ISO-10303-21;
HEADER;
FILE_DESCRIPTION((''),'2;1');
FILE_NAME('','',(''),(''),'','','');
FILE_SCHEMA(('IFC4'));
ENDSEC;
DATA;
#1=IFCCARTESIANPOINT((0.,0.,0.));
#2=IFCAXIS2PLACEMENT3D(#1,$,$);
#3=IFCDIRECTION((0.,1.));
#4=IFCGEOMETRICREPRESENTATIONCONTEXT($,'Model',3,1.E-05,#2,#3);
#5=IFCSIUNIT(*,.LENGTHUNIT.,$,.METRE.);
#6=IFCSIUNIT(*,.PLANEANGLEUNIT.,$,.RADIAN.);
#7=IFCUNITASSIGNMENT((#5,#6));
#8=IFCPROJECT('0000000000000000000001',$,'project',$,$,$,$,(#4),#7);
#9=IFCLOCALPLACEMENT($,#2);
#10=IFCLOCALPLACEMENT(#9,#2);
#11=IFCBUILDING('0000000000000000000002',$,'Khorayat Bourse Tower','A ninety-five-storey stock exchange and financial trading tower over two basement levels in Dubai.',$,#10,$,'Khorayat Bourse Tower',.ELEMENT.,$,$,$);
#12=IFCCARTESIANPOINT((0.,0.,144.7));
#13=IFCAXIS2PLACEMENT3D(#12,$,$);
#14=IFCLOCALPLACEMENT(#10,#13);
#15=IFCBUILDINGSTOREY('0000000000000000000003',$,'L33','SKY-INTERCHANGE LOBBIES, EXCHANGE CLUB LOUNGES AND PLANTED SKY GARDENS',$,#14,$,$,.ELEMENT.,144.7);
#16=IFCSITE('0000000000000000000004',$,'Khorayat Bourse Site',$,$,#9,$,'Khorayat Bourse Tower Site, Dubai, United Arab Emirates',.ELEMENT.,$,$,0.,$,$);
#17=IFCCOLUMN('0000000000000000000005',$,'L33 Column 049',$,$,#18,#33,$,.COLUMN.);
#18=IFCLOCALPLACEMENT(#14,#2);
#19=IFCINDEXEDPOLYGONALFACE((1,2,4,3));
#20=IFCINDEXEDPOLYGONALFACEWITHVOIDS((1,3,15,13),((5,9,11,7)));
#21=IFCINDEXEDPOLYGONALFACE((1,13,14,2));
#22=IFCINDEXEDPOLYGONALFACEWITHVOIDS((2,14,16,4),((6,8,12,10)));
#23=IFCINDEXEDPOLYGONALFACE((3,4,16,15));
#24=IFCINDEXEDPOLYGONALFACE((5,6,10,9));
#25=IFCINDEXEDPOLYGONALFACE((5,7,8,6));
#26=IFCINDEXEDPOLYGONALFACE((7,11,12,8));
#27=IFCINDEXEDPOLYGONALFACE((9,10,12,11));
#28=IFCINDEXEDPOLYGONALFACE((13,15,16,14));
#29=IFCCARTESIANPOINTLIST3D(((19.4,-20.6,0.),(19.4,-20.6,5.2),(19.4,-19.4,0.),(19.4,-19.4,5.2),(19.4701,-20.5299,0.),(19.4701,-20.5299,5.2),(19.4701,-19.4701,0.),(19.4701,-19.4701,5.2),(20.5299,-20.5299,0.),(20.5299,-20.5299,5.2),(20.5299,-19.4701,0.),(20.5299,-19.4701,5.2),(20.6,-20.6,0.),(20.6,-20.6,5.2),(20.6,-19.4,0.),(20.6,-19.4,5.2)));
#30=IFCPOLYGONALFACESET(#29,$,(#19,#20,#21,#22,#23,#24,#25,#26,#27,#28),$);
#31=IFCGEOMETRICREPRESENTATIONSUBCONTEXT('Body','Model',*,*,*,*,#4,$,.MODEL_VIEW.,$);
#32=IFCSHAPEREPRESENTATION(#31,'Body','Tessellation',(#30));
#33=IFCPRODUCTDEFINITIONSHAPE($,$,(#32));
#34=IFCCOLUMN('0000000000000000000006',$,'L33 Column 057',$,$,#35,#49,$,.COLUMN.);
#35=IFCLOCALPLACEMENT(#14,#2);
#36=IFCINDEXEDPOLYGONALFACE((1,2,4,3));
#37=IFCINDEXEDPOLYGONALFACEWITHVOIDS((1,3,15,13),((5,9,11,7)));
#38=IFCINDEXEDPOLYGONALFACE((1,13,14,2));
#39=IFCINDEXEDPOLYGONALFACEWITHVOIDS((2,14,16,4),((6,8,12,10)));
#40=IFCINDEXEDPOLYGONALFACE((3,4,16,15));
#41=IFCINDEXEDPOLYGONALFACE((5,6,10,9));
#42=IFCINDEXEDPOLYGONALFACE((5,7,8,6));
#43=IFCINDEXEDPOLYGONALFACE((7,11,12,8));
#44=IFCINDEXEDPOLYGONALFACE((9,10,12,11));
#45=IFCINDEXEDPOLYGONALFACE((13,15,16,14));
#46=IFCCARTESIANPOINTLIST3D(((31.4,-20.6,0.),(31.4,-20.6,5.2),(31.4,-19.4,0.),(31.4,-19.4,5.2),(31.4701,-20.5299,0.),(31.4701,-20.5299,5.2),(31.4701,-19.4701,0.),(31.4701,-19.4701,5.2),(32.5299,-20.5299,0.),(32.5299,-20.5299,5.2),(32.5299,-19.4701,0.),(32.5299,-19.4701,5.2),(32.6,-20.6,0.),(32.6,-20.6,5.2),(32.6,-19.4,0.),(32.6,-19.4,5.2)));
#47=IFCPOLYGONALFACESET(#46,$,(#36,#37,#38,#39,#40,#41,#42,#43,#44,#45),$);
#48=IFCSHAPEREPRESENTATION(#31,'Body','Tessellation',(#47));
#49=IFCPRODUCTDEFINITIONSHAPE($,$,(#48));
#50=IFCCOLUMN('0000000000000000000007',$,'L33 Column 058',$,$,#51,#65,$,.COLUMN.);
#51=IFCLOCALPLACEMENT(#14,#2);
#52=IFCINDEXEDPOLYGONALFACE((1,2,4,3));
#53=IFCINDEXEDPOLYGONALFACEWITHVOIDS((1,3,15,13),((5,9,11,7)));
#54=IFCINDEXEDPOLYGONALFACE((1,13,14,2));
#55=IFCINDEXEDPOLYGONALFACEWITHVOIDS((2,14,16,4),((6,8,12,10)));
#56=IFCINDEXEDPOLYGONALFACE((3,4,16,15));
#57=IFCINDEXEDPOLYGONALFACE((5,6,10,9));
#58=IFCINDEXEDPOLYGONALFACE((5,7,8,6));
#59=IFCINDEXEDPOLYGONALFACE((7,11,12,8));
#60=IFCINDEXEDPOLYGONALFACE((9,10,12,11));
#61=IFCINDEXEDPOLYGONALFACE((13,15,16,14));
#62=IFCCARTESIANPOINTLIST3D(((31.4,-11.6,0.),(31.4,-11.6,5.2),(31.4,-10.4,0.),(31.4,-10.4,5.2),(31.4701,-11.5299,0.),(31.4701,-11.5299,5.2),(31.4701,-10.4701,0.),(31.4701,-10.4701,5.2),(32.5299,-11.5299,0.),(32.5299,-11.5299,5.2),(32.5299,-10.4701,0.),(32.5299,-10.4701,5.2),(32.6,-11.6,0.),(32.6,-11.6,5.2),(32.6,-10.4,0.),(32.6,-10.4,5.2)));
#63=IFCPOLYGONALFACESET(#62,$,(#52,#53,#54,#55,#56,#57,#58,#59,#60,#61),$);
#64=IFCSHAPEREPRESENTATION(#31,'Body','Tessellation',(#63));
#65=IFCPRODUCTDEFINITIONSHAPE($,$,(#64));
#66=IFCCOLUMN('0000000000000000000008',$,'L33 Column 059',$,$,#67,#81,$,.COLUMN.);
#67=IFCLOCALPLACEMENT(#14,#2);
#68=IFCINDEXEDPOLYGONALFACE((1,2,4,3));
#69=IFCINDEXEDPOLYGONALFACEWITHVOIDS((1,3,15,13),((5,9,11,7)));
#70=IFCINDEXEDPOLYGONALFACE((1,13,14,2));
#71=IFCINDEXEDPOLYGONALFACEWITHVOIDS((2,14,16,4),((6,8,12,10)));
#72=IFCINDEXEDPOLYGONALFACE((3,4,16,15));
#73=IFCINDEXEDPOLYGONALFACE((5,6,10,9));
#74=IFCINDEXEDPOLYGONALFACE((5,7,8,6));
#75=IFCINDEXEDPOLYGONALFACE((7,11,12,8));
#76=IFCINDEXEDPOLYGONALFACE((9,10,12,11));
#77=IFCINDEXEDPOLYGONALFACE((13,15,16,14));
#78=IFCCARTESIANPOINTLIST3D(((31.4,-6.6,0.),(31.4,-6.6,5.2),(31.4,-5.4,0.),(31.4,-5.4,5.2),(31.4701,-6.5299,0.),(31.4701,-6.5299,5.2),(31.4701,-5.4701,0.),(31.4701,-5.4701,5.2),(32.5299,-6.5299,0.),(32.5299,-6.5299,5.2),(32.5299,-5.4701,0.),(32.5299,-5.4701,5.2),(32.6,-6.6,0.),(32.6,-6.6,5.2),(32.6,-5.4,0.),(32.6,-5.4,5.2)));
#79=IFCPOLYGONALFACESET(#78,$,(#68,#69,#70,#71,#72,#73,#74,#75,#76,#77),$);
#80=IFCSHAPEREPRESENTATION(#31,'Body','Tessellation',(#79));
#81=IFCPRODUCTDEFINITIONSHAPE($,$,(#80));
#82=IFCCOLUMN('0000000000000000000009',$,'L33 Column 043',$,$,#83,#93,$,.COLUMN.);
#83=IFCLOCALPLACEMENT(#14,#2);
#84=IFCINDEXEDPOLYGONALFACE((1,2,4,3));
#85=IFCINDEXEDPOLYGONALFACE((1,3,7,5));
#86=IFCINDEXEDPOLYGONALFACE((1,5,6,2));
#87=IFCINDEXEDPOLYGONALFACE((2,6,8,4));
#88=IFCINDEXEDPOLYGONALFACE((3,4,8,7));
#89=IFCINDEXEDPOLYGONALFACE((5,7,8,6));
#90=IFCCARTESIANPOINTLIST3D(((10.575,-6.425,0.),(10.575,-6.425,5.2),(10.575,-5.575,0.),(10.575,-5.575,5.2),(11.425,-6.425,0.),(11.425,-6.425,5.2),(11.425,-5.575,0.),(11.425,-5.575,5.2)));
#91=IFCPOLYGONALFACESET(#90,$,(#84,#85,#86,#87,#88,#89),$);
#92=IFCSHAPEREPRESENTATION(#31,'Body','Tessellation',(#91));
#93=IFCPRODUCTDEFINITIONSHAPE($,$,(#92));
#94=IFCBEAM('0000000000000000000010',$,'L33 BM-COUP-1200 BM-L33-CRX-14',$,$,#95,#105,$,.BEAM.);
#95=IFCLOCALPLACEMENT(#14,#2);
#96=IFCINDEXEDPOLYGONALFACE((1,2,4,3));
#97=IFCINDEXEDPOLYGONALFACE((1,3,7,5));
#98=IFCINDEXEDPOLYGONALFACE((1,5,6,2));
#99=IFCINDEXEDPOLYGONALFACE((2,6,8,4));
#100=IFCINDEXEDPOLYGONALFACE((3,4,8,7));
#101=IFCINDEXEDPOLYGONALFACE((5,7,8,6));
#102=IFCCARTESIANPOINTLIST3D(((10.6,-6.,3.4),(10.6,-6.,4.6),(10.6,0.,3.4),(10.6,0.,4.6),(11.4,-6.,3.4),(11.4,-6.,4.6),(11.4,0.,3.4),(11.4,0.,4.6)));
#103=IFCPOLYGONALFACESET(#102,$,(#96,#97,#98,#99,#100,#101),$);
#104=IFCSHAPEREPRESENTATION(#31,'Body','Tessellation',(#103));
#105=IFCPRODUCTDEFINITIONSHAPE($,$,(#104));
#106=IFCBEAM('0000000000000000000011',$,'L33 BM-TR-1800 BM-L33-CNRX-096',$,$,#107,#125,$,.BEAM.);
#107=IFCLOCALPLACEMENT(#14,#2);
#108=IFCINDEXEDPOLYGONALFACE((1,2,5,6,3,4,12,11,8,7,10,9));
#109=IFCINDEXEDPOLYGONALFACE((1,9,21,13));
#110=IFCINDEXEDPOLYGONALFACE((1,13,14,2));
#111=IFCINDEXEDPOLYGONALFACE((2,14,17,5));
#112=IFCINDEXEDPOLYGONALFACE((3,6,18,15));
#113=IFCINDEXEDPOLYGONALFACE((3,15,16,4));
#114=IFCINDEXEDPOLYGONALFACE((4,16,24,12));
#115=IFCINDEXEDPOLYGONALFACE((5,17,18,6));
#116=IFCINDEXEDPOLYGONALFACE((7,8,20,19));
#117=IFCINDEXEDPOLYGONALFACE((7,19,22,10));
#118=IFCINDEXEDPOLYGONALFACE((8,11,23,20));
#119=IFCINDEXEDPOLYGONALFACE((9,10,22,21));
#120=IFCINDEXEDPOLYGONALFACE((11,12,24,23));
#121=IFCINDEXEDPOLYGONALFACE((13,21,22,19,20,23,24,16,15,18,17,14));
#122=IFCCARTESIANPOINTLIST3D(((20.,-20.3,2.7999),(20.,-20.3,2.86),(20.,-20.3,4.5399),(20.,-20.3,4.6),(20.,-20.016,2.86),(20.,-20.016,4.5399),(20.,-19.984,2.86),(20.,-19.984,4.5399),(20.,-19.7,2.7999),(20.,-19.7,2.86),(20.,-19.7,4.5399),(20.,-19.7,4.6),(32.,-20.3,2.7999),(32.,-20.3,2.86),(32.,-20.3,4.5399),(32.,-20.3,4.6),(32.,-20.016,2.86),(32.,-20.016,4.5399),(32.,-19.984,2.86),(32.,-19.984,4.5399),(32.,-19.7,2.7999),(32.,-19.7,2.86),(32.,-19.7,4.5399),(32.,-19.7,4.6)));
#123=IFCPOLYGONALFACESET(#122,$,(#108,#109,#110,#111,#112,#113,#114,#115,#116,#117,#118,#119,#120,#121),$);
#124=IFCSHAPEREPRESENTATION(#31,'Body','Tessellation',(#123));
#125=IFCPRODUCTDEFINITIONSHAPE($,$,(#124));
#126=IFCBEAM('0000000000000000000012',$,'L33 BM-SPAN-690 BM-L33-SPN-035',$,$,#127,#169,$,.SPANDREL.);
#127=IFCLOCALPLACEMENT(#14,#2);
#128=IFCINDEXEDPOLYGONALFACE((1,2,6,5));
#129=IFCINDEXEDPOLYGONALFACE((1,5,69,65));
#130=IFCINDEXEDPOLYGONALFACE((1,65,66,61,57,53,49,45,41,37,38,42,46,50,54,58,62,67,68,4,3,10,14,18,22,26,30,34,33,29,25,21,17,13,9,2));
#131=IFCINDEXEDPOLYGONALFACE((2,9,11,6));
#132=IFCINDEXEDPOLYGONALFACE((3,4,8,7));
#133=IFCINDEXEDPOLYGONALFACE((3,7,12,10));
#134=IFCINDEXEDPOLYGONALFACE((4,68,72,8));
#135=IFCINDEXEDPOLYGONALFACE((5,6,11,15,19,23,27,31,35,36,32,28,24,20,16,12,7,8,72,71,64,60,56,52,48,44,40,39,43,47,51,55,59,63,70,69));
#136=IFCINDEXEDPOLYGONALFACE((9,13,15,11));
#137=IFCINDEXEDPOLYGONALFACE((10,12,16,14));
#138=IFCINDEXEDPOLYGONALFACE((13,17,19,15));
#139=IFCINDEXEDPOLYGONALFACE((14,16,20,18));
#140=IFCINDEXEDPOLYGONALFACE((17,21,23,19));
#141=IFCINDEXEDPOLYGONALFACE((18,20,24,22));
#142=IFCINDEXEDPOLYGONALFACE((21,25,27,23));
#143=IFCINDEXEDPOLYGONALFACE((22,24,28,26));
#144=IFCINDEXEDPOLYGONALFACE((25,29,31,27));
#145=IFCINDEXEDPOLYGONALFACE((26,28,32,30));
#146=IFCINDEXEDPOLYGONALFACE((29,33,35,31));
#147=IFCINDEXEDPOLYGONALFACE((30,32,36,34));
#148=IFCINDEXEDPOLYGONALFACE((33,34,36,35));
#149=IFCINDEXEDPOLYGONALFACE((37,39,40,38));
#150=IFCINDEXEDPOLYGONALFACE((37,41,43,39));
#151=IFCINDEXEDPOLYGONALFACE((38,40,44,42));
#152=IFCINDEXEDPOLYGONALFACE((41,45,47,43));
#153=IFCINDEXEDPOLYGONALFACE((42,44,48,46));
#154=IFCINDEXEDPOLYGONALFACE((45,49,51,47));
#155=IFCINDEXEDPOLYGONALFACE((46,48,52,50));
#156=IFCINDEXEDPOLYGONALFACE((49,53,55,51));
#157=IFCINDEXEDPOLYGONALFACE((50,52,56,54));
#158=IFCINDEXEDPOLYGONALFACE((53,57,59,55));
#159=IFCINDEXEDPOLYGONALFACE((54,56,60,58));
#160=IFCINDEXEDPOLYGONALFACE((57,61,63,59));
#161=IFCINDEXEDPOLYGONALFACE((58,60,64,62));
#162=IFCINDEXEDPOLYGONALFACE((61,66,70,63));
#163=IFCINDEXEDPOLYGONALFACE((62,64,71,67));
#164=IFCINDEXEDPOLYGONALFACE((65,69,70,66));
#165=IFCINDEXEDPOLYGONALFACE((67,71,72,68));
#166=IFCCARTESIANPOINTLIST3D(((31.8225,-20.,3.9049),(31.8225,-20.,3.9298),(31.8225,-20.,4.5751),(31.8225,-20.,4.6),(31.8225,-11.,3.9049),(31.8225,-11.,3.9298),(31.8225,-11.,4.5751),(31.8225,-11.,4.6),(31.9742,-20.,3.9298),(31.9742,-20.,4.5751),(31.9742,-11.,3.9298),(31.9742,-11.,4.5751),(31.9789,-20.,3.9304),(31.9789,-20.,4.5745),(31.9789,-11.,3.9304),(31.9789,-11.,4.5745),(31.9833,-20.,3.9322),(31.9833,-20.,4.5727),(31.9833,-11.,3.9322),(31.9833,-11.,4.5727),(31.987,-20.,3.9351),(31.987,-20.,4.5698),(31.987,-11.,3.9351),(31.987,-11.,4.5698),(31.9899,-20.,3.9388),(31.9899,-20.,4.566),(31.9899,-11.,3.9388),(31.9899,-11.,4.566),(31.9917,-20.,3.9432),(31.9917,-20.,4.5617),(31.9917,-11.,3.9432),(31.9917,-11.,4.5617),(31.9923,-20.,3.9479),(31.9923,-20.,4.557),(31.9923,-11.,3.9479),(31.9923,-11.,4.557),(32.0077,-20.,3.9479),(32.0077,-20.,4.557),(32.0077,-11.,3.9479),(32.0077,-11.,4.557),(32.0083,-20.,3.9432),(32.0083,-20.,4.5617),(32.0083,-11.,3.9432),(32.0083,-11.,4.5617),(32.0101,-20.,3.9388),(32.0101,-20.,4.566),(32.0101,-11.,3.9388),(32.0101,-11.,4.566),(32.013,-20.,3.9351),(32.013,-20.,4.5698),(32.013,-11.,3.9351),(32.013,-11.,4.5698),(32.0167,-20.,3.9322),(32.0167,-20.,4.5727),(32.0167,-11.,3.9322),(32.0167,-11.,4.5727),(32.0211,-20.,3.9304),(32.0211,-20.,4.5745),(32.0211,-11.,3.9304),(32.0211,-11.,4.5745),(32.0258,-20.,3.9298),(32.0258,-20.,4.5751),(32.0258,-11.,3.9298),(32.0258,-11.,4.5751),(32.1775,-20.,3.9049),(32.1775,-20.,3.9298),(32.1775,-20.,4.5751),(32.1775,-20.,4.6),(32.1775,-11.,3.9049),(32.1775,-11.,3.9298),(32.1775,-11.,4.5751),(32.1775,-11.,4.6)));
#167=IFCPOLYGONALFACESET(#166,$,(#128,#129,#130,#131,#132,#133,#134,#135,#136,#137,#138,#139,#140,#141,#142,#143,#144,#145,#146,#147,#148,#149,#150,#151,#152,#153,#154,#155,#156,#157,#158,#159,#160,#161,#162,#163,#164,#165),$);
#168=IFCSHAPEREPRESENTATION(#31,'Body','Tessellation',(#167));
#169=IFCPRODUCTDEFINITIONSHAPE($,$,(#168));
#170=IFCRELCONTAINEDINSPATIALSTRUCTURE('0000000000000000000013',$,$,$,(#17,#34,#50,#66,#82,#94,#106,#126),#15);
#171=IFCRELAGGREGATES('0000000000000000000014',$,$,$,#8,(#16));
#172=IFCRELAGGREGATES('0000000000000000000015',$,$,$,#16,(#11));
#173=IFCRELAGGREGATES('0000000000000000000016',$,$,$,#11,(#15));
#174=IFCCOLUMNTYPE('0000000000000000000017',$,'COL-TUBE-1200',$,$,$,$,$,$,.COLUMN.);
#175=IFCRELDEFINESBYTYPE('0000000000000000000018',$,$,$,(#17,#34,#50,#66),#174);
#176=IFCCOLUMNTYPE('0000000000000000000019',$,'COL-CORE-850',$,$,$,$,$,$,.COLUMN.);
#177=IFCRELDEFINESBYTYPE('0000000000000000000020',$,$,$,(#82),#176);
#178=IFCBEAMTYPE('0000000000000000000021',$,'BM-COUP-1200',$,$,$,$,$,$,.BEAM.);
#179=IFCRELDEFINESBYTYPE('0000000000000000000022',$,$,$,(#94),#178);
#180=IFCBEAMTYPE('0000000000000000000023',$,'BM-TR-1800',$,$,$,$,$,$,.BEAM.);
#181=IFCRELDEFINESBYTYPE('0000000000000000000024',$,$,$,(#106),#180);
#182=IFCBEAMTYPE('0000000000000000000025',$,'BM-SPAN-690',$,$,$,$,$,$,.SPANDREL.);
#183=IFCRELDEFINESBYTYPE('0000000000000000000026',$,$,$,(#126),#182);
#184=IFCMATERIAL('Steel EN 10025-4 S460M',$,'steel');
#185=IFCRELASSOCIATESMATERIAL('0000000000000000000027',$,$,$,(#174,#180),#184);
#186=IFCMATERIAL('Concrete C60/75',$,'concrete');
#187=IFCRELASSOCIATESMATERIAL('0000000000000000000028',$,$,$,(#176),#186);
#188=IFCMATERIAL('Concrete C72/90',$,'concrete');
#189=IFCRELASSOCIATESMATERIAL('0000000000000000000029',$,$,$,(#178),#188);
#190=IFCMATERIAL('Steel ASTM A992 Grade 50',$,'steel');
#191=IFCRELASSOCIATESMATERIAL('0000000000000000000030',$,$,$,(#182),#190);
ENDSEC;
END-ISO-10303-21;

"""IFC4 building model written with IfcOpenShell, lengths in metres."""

from ifc_helpers import new_model, si_unit, direction, frame, origin, origin_2d, place, context, subcontext, project, spatial, rectangle, hollow_rectangle, i_section, extrude, source, transform, mapped, material, material_profile, profile_set, type_object, element, save


model = new_model("IFC4")

# Units and contexts
model_context = context("Model", 3, precision=1e-05, world=origin(), true_north=direction((0.0, 1.0)))
body_context = subcontext(model_context, "Body", "Model", "MODEL_VIEW")
ifc_project = project(units=[si_unit("LENGTHUNIT", "METRE"), si_unit("PLANEANGLEUNIT", "RADIAN")], contexts=[model_context])

# Site, building, storey
site_placement = place(None, origin())
site = spatial("IfcSite", under=ifc_project, at=site_placement, Name="Khorayat Bourse Site", LongName="Khorayat Bourse Tower Site, Dubai, United Arab Emirates", CompositionType="ELEMENT", RefElevation=0.0)
building_placement = place(site_placement, origin())
building = spatial("IfcBuilding", under=site, at=building_placement, Name="Khorayat Bourse Tower", Description="A ninety-five-storey stock exchange and financial trading tower over two basement levels in Dubai.", LongName="Khorayat Bourse Tower", CompositionType="ELEMENT")
storey_placement = place(building_placement, frame((0.0, 0.0, 144.7)))
storey = spatial("IfcBuildingStorey", under=building, at=storey_placement, Name="L33", Description="SKY-INTERCHANGE LOBBIES, EXCHANGE CLUB LOUNGES AND PLANTED SKY GARDENS", CompositionType="ELEMENT", Elevation=144.7)

# Columns
ifc_material_1 = material(Name="Steel EN 10025-4 S460M", Category="steel")
ifc_material_profile_1 = material_profile(ifc_material_1, hollow_rectangle(XDim=1.2, YDim=1.2, WallThickness=0.0701, at=origin_2d()), Name="BOX 1200x1200x70")
ifc_profile_set_1 = profile_set([ifc_material_profile_1], Name="Steel EN 10025-4 S460M")
column_type_1 = type_object("IfcColumnType", Name="COL-TUBE-1200", PredefinedType="COLUMN", material=ifc_profile_set_1)
shared_shape_1 = source(origin(), body_context, "Body", "SweptSolid", [
    extrude(hollow_rectangle(XDim=1.2, YDim=1.2, WallThickness=0.0701, at=origin_2d()), origin(), (0.0, 0.0, 1.0), 5.2),
])
for number, where, z_axis, x_axis, name in (
    (1, (20.0, -20.0, 0.0), (0.0, 0.0, 1.0), (1.0, 0.0, 0.0), "L33 Column 049"),
    (2, (32.0, -20.0, 0.0), (0.0, 0.0, 1.0), (1.0, 0.0, 0.0), "L33 Column 057"),
    (3, (32.0, -11.0, 0.0), (0.0, 0.0, 1.0), (1.0, 0.0, 0.0), "L33 Column 058"),
    (4, (32.0, -6.0, 0.0), (0.0, 0.0, 1.0), (1.0, 0.0, 0.0), "L33 Column 059"),
):
    element("IfcColumn", number, at=place(storey_placement, frame(where, z_axis=z_axis, x_axis=x_axis)), inside=storey, type_object=column_type_1, Name=name, PredefinedType="COLUMN", context=body_context, shape_type="MappedRepresentation", body=[
        mapped(shared_shape_1, transform((0.0, 0.0, 0.0), scale=1.0)),
    ])
ifc_material_2 = material(Name="Concrete C60/75", Category="concrete")
ifc_material_profile_2 = material_profile(ifc_material_2, rectangle(XDim=0.8501, YDim=0.8501, at=origin_2d()), Name="RC 850x850")
ifc_profile_set_2 = profile_set([ifc_material_profile_2], Name="Concrete C60/75")
column_type_2 = type_object("IfcColumnType", Name="COL-CORE-850", PredefinedType="COLUMN", material=ifc_profile_set_2)
shared_shape_2 = source(origin(), body_context, "Body", "SweptSolid", [
    extrude(rectangle(XDim=0.8501, YDim=0.8501, at=origin_2d()), origin(), (0.0, 0.0, 1.0), 5.2),
])
column_placement = place(storey_placement, frame((11.0, -6.0, 0.0), z_axis=(0.0, 0.0, 1.0), x_axis=(1.0, 0.0, 0.0)))
element("IfcColumn", 5, at=column_placement, inside=storey, type_object=column_type_2, Name="L33 Column 043", PredefinedType="COLUMN", context=body_context, shape_type="MappedRepresentation", body=[
    mapped(shared_shape_2, transform((0.0, 0.0, 0.0), scale=1.0)),
])

# Beams
ifc_material_3 = material(Name="Concrete C72/90", Category="concrete")
ifc_material_profile_3 = material_profile(ifc_material_3, rectangle(XDim=0.8, YDim=1.2, at=origin_2d()), Name="RC 800x1200")
ifc_profile_set_3 = profile_set([ifc_material_profile_3], Name="Concrete C72/90")
beam_type_1 = type_object("IfcBeamType", Name="BM-COUP-1200", PredefinedType="BEAM", material=ifc_profile_set_3)
shared_shape_3 = source(origin(), body_context, "Body", "SweptSolid", [
    extrude(rectangle(XDim=0.8, YDim=1.2, at=origin_2d()), origin(), (0.0, 0.0, 1.0), 6.0),
])
beam_1_placement = place(storey_placement, frame((11.0, -6.0, 4.0), z_axis=(0.0, 1.0, 0.0), x_axis=(-1.0, 0.0, 0.0)))
element("IfcBeam", 6, at=beam_1_placement, inside=storey, type_object=beam_type_1, Name="L33 BM-COUP-1200 BM-L33-CRX-14", PredefinedType="BEAM", context=body_context, shape_type="MappedRepresentation", body=[
    mapped(shared_shape_3, transform((0.0, 0.0, 0.0), scale=1.0)),
])
ifc_material_profile_4 = material_profile(ifc_material_1, i_section(OverallWidth=0.6001, OverallDepth=1.8, WebThickness=0.032, FlangeThickness=0.0601, at=origin_2d()), Name="PG 1800x600x32x60")
ifc_profile_set_4 = profile_set([ifc_material_profile_4], Name="Steel EN 10025-4 S460M")
beam_type_2 = type_object("IfcBeamType", Name="BM-TR-1800", PredefinedType="BEAM", material=ifc_profile_set_4)
shared_shape_4 = source(origin(), body_context, "Body", "SweptSolid", [
    extrude(i_section(OverallWidth=0.6001, OverallDepth=1.8, WebThickness=0.032, FlangeThickness=0.0601, at=origin_2d()), origin(), (0.0, 0.0, 1.0), 12.0),
])
beam_2_placement = place(storey_placement, frame((20.0, -20.0, 3.7), z_axis=(1.0, 0.0, 0.0), x_axis=(0.0, 1.0, 0.0)))
element("IfcBeam", 7, at=beam_2_placement, inside=storey, type_object=beam_type_2, Name="L33 BM-TR-1800 BM-L33-CNRX-096", PredefinedType="BEAM", context=body_context, shape_type="MappedRepresentation", body=[
    mapped(shared_shape_4, transform((0.0, 0.0, 0.0), scale=1.0)),
])
ifc_material_4 = material(Name="Steel ASTM A992 Grade 50", Category="steel")
ifc_material_profile_5 = material_profile(ifc_material_4, i_section(OverallWidth=0.355, OverallDepth=0.6951, WebThickness=0.0154, FlangeThickness=0.0249, FilletRadius=0.0181, at=origin_2d()), Name="W690X217")
ifc_profile_set_5 = profile_set([ifc_material_profile_5], Name="Steel ASTM A992 Grade 50")
beam_type_3 = type_object("IfcBeamType", Name="BM-SPAN-690", PredefinedType="SPANDREL", material=ifc_profile_set_5)
shared_shape_5 = source(origin(), body_context, "Body", "SweptSolid", [
    extrude(i_section(OverallWidth=0.355, OverallDepth=0.6951, WebThickness=0.0154, FlangeThickness=0.0249, FilletRadius=0.0181, at=origin_2d()), origin(), (0.0, 0.0, 1.0), 9.0),
])
beam_3_placement = place(storey_placement, frame((32.0, -20.0, 4.2524), z_axis=(0.0, 1.0, 0.0), x_axis=(-1.0, 0.0, 0.0)))
element("IfcBeam", 8, at=beam_3_placement, inside=storey, type_object=beam_type_3, Name="L33 BM-SPAN-690 BM-L33-SPN-035", PredefinedType="SPANDREL", context=body_context, shape_type="MappedRepresentation", body=[
    mapped(shared_shape_5, transform((0.0, 0.0, 0.0), scale=1.0)),
])

save(model, "model.ifc")
